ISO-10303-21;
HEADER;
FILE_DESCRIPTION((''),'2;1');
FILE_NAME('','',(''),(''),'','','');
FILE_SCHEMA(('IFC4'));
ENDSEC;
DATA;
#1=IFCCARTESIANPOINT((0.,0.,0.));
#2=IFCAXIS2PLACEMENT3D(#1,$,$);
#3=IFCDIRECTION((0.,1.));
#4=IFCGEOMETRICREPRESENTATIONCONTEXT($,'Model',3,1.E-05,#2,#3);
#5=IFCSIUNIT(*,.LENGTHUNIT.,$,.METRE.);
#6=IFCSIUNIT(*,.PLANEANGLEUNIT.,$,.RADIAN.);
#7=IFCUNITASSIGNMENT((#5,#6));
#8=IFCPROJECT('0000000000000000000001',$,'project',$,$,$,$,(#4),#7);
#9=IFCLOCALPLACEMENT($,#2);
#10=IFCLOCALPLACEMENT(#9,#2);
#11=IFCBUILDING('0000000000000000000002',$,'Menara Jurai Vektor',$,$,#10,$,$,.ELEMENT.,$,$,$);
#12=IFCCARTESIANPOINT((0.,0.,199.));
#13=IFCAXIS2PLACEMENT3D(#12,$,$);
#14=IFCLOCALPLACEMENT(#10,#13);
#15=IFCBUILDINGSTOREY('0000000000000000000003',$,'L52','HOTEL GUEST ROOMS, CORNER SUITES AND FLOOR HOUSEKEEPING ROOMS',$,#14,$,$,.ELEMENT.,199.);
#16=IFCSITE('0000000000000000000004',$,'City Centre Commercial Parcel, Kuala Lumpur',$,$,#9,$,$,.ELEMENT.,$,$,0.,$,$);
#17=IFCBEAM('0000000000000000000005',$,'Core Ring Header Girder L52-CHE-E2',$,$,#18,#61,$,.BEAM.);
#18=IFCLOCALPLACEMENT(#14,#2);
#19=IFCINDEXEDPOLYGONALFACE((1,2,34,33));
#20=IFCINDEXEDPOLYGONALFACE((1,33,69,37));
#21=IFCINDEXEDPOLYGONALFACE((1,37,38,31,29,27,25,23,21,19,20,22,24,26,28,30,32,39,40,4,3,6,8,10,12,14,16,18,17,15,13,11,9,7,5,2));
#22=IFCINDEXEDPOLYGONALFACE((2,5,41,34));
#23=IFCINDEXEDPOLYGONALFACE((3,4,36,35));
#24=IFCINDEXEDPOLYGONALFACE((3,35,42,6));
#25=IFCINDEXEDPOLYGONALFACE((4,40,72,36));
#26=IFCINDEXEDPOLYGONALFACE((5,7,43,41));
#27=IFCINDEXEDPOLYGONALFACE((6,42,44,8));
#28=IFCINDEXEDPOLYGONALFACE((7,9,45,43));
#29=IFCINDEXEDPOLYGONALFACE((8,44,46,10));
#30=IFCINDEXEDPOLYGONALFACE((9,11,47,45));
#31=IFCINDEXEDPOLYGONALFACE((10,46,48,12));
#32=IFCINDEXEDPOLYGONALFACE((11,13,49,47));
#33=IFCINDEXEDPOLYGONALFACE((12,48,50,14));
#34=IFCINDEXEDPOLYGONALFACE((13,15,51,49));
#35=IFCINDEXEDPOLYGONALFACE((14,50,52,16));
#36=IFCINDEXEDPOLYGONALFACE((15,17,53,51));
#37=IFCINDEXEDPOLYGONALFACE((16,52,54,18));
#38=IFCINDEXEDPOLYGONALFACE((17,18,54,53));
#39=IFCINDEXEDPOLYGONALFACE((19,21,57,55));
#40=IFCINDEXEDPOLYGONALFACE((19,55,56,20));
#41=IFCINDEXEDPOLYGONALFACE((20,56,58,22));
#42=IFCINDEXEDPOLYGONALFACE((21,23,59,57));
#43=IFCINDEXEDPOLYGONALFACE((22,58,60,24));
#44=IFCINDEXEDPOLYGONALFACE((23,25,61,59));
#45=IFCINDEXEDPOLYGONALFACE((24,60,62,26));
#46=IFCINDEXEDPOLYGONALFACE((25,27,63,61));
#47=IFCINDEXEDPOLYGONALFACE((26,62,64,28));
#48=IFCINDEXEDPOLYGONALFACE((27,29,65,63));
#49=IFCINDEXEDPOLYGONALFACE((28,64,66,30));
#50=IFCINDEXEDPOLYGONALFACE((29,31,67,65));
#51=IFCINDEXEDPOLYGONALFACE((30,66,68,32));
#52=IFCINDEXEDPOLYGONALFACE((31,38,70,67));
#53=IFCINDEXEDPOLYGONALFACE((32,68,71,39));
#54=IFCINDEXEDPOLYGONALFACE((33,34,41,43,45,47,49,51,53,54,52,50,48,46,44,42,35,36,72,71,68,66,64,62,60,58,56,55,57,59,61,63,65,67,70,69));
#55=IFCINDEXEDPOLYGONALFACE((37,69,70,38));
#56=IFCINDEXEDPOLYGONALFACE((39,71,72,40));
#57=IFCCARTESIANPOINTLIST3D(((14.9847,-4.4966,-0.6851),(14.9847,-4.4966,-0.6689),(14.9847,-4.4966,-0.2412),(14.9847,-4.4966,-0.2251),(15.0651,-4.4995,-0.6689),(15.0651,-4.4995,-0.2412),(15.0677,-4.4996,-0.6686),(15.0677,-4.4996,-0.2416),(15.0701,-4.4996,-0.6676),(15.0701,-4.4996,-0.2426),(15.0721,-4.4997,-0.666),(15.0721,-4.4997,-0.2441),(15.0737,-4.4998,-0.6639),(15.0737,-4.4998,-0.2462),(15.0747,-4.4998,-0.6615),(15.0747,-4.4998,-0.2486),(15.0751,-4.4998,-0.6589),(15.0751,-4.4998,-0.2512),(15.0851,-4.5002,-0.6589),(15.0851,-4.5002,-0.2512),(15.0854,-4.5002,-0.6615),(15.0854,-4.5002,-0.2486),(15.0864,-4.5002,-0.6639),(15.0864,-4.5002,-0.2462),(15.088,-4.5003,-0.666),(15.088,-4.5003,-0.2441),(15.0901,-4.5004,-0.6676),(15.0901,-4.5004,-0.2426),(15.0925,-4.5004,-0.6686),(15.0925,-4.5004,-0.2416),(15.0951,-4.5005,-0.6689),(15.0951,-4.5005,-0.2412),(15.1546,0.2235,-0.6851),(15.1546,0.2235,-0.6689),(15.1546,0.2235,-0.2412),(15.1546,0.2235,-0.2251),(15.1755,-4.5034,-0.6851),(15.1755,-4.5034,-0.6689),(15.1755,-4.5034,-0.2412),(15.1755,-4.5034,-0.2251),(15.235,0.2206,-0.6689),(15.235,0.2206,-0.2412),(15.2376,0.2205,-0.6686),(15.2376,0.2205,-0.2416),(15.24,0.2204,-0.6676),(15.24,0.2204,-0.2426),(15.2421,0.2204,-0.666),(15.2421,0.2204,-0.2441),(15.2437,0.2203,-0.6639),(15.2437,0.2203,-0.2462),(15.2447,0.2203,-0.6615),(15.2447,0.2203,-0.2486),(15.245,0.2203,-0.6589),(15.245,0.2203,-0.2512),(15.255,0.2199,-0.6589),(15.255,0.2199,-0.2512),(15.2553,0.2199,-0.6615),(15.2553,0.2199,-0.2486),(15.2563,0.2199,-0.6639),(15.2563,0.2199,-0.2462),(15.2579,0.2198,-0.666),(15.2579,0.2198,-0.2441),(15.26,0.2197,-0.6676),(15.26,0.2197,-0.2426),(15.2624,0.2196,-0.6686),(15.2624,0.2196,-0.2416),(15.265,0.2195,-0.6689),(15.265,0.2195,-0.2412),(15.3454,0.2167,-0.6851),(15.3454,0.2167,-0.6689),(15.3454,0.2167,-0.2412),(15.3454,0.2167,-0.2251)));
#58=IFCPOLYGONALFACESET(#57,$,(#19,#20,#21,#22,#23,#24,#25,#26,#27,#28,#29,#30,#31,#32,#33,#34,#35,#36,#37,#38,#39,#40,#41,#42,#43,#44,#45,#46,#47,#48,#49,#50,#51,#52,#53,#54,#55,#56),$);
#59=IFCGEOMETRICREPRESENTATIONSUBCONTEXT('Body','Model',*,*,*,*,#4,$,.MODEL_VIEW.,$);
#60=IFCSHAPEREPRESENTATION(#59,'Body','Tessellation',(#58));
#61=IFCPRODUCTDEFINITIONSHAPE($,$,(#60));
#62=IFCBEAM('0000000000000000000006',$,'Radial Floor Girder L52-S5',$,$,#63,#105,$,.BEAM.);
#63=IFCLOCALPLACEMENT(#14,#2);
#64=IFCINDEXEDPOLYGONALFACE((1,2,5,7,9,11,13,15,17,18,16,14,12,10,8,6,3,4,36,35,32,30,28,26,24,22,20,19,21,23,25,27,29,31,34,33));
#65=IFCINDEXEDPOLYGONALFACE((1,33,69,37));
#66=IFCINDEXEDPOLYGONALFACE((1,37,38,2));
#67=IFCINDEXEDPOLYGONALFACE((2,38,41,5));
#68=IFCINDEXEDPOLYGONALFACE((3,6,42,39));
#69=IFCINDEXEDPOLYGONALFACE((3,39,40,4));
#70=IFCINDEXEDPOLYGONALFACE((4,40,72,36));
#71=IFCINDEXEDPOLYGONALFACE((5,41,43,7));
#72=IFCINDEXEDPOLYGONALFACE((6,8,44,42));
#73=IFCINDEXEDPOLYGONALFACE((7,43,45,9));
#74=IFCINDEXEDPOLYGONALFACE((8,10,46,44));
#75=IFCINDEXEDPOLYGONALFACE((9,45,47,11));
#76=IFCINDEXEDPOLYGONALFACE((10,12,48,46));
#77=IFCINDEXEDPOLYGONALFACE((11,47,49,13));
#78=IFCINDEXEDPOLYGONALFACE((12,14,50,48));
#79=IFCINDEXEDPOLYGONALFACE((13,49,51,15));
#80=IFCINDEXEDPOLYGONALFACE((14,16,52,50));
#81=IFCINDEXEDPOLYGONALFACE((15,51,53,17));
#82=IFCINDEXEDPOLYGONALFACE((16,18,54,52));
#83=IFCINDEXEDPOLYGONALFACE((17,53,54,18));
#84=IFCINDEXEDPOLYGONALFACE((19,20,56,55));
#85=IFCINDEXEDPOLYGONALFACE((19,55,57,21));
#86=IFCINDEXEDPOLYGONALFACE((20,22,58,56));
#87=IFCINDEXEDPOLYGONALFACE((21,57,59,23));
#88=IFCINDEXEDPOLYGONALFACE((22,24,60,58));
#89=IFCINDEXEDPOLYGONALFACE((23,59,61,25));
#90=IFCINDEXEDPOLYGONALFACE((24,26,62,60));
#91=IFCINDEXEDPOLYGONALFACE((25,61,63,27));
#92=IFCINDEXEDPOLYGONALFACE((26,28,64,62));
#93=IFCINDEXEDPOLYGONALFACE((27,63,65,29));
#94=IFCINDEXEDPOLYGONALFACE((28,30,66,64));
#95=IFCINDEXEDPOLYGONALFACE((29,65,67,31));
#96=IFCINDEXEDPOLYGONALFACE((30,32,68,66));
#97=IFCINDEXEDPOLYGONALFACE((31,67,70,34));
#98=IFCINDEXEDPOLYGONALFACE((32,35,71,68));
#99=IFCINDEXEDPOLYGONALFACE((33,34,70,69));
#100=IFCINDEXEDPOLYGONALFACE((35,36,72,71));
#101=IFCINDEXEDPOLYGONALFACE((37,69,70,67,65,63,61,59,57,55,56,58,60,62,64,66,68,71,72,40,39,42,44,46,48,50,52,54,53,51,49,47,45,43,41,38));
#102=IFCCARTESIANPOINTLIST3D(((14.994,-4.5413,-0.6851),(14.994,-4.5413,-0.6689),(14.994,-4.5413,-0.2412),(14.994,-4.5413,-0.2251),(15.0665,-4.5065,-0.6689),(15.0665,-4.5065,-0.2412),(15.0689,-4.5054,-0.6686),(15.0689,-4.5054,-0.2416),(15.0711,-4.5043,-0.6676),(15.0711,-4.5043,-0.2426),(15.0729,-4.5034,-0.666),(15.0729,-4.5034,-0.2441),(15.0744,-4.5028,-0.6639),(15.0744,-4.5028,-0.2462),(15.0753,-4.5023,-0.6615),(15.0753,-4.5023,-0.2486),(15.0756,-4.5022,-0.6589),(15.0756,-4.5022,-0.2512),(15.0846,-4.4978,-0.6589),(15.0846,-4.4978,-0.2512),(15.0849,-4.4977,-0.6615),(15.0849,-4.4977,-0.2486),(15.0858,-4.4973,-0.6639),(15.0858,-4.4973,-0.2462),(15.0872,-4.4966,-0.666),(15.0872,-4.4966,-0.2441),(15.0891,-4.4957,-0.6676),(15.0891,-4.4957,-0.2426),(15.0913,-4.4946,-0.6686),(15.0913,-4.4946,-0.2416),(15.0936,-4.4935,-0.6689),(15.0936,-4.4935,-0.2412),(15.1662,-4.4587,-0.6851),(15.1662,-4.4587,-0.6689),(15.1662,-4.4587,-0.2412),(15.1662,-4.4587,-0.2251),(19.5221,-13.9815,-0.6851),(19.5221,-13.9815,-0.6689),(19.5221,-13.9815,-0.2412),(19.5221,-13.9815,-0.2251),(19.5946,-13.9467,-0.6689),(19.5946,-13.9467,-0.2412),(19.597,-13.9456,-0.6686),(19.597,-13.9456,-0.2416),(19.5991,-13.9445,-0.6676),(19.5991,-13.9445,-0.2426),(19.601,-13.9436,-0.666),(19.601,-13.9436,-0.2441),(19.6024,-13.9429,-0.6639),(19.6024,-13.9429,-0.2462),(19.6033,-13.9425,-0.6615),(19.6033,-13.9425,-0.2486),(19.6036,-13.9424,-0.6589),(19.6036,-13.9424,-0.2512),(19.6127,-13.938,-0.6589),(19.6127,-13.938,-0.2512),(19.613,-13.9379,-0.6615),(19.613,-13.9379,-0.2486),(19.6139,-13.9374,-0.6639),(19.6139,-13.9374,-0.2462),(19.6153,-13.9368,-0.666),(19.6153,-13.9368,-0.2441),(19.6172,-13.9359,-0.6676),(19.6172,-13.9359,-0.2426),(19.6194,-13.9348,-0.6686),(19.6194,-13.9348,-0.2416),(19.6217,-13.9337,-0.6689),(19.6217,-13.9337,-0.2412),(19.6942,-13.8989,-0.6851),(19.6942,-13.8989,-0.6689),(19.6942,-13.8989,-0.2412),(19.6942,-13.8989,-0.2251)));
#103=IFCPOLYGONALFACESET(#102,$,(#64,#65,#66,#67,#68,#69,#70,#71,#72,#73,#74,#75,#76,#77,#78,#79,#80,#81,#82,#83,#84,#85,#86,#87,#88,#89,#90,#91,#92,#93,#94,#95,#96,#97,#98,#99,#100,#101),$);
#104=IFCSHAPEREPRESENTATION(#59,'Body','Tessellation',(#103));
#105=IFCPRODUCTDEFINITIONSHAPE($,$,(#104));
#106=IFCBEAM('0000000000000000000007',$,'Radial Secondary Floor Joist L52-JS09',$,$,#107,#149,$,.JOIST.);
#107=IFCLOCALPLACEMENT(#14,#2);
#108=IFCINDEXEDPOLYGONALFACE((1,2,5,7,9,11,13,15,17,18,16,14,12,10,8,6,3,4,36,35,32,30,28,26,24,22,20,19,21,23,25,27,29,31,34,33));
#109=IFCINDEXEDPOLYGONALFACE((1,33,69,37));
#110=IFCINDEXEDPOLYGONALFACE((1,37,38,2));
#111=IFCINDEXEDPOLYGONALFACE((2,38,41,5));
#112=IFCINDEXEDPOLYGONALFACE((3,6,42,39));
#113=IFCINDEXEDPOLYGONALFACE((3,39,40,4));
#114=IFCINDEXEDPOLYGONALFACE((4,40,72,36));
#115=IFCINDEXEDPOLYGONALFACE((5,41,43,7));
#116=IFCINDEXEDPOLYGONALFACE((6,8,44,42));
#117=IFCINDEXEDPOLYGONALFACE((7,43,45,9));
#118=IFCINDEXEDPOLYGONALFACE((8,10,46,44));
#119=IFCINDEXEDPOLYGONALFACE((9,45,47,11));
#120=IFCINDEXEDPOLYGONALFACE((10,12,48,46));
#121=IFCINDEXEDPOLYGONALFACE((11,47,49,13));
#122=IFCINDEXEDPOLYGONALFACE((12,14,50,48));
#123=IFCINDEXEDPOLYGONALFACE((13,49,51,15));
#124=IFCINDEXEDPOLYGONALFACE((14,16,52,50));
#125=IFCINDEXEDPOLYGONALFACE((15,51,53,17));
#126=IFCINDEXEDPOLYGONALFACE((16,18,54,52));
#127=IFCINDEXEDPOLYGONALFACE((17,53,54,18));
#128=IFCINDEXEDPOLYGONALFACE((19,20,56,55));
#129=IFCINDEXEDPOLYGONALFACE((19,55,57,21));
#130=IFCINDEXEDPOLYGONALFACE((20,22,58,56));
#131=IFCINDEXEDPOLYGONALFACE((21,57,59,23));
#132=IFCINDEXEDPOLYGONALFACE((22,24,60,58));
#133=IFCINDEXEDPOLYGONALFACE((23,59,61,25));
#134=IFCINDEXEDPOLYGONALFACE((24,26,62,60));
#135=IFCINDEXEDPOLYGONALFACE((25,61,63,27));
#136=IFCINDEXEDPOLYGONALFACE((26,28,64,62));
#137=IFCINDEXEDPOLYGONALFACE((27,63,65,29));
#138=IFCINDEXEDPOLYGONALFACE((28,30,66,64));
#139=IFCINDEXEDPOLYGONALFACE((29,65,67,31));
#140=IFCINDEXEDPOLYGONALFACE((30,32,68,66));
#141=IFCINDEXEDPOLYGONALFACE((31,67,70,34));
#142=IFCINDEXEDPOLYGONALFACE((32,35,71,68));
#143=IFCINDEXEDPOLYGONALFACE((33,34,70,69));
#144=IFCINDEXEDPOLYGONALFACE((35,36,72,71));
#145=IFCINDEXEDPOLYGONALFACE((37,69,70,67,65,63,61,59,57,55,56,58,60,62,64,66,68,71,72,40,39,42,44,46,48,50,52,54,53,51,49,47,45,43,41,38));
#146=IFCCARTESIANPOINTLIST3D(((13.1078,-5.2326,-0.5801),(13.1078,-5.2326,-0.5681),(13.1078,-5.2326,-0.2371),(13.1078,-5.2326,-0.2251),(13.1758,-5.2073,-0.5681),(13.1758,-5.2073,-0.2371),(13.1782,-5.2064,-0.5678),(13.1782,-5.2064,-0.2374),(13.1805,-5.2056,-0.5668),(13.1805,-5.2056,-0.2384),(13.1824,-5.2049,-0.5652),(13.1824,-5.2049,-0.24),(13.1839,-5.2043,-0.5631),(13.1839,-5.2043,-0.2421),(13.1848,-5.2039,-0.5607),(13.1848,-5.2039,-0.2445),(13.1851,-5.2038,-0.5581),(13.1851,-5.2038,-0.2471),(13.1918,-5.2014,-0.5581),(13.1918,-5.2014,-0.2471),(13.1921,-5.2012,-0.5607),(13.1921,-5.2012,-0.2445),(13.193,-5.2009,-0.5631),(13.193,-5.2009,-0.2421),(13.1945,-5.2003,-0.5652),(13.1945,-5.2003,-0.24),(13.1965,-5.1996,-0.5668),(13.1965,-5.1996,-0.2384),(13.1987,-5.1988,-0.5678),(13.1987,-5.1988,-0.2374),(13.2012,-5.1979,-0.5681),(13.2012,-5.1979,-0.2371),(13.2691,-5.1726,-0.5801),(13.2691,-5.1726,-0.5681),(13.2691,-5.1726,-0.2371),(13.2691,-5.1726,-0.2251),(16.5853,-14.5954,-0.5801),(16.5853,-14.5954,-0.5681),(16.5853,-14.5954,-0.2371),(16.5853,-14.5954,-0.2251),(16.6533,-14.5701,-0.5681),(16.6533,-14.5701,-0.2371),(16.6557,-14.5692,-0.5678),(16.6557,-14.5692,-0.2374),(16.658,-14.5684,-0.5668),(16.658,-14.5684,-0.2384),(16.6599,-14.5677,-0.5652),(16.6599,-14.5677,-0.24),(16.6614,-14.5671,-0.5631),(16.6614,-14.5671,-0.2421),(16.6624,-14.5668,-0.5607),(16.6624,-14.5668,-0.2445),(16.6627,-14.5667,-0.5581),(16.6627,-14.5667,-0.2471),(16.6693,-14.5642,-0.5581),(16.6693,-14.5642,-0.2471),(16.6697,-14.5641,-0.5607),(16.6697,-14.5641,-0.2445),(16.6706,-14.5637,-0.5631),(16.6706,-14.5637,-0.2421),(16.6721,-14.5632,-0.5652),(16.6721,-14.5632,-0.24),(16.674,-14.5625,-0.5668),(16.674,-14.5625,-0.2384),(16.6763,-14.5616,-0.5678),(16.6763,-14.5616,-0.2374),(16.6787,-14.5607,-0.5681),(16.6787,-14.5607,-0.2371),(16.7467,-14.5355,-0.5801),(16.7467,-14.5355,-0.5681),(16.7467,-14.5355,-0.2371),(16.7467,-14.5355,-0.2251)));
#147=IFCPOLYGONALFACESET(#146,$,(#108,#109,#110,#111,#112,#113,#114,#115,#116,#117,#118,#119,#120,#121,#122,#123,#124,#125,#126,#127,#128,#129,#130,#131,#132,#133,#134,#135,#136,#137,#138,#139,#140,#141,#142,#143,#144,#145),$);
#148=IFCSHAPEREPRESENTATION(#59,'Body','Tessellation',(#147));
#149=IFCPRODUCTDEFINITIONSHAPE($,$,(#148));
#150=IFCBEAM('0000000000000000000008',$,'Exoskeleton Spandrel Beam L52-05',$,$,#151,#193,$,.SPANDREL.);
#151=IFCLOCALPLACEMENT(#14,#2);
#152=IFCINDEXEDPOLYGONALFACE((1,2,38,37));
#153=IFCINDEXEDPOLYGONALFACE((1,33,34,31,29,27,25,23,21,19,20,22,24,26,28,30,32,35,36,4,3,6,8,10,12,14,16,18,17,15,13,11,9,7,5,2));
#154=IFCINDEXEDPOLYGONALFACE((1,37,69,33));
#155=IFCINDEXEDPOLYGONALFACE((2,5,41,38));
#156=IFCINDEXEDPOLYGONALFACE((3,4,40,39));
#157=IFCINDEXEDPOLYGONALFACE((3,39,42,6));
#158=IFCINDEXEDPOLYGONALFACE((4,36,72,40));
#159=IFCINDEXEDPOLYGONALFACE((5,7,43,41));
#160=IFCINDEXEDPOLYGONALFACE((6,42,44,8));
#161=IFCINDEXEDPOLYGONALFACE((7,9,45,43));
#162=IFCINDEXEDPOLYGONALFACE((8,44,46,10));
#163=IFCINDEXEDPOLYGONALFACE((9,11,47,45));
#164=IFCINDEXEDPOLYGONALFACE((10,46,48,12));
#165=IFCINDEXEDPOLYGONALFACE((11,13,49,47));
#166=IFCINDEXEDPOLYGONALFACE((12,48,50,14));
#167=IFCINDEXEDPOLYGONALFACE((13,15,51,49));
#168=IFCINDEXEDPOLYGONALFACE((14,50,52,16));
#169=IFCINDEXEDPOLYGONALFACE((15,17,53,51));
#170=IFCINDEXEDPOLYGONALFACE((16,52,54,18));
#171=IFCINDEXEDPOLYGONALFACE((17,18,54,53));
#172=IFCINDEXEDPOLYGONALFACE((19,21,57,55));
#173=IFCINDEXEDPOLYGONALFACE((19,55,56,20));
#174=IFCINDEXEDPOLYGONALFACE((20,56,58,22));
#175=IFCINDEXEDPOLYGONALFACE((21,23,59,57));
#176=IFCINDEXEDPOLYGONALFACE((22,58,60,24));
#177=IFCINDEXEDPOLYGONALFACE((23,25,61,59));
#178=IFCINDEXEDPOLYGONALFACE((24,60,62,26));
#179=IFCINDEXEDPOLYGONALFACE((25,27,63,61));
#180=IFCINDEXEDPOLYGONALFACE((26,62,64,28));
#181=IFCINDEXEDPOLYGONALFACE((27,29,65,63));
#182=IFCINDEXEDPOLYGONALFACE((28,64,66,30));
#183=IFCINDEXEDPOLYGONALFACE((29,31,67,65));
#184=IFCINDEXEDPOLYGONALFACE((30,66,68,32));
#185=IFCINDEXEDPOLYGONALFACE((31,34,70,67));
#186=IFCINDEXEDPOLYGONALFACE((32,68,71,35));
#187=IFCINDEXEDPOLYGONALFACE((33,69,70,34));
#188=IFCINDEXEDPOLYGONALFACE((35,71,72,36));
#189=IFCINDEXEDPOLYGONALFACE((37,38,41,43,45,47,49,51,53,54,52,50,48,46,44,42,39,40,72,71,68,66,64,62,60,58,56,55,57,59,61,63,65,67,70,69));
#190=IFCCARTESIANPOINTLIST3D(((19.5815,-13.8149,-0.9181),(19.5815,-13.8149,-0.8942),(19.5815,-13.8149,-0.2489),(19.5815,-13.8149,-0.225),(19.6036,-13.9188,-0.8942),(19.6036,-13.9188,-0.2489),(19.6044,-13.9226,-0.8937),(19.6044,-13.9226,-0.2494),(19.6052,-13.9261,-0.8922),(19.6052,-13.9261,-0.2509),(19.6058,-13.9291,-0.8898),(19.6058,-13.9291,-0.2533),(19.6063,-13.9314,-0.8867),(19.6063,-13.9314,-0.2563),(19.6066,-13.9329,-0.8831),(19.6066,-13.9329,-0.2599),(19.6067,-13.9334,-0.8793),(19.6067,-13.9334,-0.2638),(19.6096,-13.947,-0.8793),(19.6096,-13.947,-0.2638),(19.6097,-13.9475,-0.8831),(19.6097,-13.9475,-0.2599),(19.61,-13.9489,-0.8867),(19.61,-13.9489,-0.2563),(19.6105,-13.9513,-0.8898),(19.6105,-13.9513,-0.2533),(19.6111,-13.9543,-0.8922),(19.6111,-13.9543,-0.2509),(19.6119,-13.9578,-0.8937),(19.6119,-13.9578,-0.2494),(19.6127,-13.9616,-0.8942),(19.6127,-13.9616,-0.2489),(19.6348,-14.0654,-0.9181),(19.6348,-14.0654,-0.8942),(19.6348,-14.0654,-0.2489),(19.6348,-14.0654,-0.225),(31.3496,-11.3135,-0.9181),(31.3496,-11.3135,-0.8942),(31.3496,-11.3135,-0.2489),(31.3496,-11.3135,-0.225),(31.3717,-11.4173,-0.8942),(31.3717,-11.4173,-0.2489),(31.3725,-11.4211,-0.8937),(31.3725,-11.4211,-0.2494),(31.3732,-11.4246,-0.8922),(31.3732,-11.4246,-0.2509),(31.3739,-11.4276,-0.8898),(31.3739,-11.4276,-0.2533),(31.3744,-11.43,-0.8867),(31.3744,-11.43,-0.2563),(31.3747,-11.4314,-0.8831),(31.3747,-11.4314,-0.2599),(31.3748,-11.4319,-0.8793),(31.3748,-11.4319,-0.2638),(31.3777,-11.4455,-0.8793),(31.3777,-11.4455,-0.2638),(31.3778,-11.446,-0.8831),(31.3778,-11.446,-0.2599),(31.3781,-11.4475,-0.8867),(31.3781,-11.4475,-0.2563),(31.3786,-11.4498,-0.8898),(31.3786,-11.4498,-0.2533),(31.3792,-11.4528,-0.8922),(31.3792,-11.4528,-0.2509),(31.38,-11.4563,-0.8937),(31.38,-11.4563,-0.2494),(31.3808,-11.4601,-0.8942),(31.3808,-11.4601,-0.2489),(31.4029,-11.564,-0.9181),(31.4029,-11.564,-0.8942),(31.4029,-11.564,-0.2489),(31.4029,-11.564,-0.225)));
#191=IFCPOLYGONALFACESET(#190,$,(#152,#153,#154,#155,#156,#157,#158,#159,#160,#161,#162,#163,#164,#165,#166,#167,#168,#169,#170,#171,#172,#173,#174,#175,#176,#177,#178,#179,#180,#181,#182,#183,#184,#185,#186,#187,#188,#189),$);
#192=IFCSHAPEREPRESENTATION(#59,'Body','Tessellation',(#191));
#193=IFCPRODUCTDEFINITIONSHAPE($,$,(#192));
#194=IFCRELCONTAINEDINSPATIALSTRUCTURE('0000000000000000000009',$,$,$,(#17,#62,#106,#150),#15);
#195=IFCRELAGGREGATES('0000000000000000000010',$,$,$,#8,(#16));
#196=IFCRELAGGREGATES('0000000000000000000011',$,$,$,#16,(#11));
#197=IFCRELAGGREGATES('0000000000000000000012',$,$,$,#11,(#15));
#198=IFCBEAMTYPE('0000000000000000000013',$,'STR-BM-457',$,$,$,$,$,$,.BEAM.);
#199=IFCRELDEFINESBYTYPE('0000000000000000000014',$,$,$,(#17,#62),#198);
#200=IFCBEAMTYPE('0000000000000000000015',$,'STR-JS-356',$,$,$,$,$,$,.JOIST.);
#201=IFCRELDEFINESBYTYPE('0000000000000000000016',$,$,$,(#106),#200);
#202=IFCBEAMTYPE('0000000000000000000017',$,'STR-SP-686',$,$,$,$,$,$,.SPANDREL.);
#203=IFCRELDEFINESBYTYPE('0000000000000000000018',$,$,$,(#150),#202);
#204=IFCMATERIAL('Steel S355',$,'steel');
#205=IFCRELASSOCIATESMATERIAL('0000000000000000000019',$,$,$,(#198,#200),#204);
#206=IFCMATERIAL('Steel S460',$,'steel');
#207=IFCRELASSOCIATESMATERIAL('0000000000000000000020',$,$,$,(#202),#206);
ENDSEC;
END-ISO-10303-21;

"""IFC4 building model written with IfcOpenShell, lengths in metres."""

from ifc_helpers import new_model, si_unit, direction, frame, origin, origin_2d, place, context, subcontext, project, spatial, i_section, extrude, material, material_profile, profile_set, type_object, element, save


model = new_model("IFC4")

# Units and contexts
model_context = context("Model", 3, precision=1e-05, world=origin(), true_north=direction((0.0, 1.0)))
body_context = subcontext(model_context, "Body", "Model", "MODEL_VIEW")
ifc_project = project(units=[si_unit("LENGTHUNIT", "METRE"), si_unit("PLANEANGLEUNIT", "RADIAN")], contexts=[model_context])

# Site, building, storey
site_placement = place(None, origin())
site = spatial("IfcSite", under=ifc_project, at=site_placement, Name="City Centre Commercial Parcel, Kuala Lumpur", CompositionType="ELEMENT", RefElevation=0.0)
building_placement = place(site_placement, origin())
building = spatial("IfcBuilding", under=site, at=building_placement, Name="Menara Jurai Vektor", CompositionType="ELEMENT")
storey_placement = place(building_placement, frame((0.0, 0.0, 199.0)))
storey = spatial("IfcBuildingStorey", under=building, at=storey_placement, Name="L52", Description="HOTEL GUEST ROOMS, CORNER SUITES AND FLOOR HOUSEKEEPING ROOMS", CompositionType="ELEMENT", Elevation=199.0)

# Shared definitions
ifc_material_1 = material(Name="Steel S460", Category="steel")

# Beams
ifc_material_2 = material(Name="Steel S355", Category="steel")
ifc_material_profile_1 = material_profile(ifc_material_2, i_section(OverallWidth=0.1909, OverallDepth=0.46, WebThickness=0.01, FlangeThickness=0.0161, FilletRadius=0.01, at=origin_2d()), Name="UKB 457x191x82")
ifc_profile_set_1 = profile_set([ifc_material_profile_1], Name="Steel S355")
beam_type_1 = type_object("IfcBeamType", Name="STR-BM-457", PredefinedType="BEAM", material=ifc_profile_set_1)
beam_1_placement = place(storey_placement, frame((15.0801, -4.5, -0.4551), z_axis=(0.035977, 0.999353, 0.0), x_axis=(-0.999353, 0.035977, 0.0)))
element("IfcBeam", 1, at=beam_1_placement, inside=storey, type_object=beam_type_1, Name="Core Ring Header Girder L52-CHE-E2", PredefinedType="BEAM", context=body_context, shape_type="SweptSolid", body=[
    extrude(i_section(OverallWidth=0.1909, OverallDepth=0.46, WebThickness=0.01, FlangeThickness=0.0161, FilletRadius=0.01, at=origin_2d()), origin(), (0.0, 0.0, 1.0), 4.7231),
])
beam_2_placement = place(storey_placement, frame((19.6082, -13.9402, -0.4551), z_axis=(-0.432482, 0.901643, 0.0), x_axis=(-0.901643, -0.432482, 0.0)))
element("IfcBeam", 2, at=beam_2_placement, inside=storey, type_object=beam_type_1, Name="Radial Floor Girder L52-S5", PredefinedType="BEAM", context=body_context, shape_type="SweptSolid", body=[
    extrude(i_section(OverallWidth=0.1909, OverallDepth=0.46, WebThickness=0.01, FlangeThickness=0.0161, FilletRadius=0.01, at=origin_2d()), origin(), (0.0, 0.0, 1.0), 10.47),
])
ifc_material_profile_2 = material_profile(ifc_material_2, i_section(OverallWidth=0.1721, OverallDepth=0.355, WebThickness=0.0071, FlangeThickness=0.012, FilletRadius=0.01, at=origin_2d()), Name="UKB 356x171x51")
ifc_profile_set_2 = profile_set([ifc_material_profile_2], Name="Steel S355")
beam_type_2 = type_object("IfcBeamType", Name="STR-JS-356", PredefinedType="JOIST", material=ifc_profile_set_2)
beam_3_placement = place(storey_placement, frame((16.666, -14.5654, -0.4026), z_axis=(-0.34818, 0.937428, 0.0), x_axis=(-0.937428, -0.34818, 0.0)))
element("IfcBeam", 3, at=beam_3_placement, inside=storey, type_object=beam_type_2, Name="Radial Secondary Floor Joist L52-JS09", PredefinedType="JOIST", context=body_context, shape_type="SweptSolid", body=[
    extrude(i_section(OverallWidth=0.1721, OverallDepth=0.355, WebThickness=0.0071, FlangeThickness=0.012, FilletRadius=0.01, at=origin_2d()), origin(), (0.0, 0.0, 1.0), 9.9878),
])
ifc_material_profile_3 = material_profile(ifc_material_1, i_section(OverallWidth=0.2561, OverallDepth=0.6931, WebThickness=0.0139, FlangeThickness=0.0239, FilletRadius=0.0149, at=origin_2d()), Name="UKB 686x254x170")
ifc_profile_set_3 = profile_set([ifc_material_profile_3], Name="Steel S460")
beam_type_3 = type_object("IfcBeamType", Name="STR-SP-686", PredefinedType="SPANDREL", material=ifc_profile_set_3)
beam_4_placement = place(storey_placement, frame((19.6082, -13.9402, -0.5715), z_axis=(0.978146, 0.207918, 0.0), x_axis=(-0.207918, 0.978146, 0.0)))
element("IfcBeam", 4, at=beam_4_placement, inside=storey, type_object=beam_type_3, Name="Exoskeleton Spandrel Beam L52-05", PredefinedType="SPANDREL", context=body_context, shape_type="SweptSolid", body=[
    extrude(i_section(OverallWidth=0.2561, OverallDepth=0.6931, WebThickness=0.0139, FlangeThickness=0.0239, FilletRadius=0.0149, at=origin_2d()), origin(), (0.0, 0.0, 1.0), 12.031),
])

save(model, "model.ifc")
